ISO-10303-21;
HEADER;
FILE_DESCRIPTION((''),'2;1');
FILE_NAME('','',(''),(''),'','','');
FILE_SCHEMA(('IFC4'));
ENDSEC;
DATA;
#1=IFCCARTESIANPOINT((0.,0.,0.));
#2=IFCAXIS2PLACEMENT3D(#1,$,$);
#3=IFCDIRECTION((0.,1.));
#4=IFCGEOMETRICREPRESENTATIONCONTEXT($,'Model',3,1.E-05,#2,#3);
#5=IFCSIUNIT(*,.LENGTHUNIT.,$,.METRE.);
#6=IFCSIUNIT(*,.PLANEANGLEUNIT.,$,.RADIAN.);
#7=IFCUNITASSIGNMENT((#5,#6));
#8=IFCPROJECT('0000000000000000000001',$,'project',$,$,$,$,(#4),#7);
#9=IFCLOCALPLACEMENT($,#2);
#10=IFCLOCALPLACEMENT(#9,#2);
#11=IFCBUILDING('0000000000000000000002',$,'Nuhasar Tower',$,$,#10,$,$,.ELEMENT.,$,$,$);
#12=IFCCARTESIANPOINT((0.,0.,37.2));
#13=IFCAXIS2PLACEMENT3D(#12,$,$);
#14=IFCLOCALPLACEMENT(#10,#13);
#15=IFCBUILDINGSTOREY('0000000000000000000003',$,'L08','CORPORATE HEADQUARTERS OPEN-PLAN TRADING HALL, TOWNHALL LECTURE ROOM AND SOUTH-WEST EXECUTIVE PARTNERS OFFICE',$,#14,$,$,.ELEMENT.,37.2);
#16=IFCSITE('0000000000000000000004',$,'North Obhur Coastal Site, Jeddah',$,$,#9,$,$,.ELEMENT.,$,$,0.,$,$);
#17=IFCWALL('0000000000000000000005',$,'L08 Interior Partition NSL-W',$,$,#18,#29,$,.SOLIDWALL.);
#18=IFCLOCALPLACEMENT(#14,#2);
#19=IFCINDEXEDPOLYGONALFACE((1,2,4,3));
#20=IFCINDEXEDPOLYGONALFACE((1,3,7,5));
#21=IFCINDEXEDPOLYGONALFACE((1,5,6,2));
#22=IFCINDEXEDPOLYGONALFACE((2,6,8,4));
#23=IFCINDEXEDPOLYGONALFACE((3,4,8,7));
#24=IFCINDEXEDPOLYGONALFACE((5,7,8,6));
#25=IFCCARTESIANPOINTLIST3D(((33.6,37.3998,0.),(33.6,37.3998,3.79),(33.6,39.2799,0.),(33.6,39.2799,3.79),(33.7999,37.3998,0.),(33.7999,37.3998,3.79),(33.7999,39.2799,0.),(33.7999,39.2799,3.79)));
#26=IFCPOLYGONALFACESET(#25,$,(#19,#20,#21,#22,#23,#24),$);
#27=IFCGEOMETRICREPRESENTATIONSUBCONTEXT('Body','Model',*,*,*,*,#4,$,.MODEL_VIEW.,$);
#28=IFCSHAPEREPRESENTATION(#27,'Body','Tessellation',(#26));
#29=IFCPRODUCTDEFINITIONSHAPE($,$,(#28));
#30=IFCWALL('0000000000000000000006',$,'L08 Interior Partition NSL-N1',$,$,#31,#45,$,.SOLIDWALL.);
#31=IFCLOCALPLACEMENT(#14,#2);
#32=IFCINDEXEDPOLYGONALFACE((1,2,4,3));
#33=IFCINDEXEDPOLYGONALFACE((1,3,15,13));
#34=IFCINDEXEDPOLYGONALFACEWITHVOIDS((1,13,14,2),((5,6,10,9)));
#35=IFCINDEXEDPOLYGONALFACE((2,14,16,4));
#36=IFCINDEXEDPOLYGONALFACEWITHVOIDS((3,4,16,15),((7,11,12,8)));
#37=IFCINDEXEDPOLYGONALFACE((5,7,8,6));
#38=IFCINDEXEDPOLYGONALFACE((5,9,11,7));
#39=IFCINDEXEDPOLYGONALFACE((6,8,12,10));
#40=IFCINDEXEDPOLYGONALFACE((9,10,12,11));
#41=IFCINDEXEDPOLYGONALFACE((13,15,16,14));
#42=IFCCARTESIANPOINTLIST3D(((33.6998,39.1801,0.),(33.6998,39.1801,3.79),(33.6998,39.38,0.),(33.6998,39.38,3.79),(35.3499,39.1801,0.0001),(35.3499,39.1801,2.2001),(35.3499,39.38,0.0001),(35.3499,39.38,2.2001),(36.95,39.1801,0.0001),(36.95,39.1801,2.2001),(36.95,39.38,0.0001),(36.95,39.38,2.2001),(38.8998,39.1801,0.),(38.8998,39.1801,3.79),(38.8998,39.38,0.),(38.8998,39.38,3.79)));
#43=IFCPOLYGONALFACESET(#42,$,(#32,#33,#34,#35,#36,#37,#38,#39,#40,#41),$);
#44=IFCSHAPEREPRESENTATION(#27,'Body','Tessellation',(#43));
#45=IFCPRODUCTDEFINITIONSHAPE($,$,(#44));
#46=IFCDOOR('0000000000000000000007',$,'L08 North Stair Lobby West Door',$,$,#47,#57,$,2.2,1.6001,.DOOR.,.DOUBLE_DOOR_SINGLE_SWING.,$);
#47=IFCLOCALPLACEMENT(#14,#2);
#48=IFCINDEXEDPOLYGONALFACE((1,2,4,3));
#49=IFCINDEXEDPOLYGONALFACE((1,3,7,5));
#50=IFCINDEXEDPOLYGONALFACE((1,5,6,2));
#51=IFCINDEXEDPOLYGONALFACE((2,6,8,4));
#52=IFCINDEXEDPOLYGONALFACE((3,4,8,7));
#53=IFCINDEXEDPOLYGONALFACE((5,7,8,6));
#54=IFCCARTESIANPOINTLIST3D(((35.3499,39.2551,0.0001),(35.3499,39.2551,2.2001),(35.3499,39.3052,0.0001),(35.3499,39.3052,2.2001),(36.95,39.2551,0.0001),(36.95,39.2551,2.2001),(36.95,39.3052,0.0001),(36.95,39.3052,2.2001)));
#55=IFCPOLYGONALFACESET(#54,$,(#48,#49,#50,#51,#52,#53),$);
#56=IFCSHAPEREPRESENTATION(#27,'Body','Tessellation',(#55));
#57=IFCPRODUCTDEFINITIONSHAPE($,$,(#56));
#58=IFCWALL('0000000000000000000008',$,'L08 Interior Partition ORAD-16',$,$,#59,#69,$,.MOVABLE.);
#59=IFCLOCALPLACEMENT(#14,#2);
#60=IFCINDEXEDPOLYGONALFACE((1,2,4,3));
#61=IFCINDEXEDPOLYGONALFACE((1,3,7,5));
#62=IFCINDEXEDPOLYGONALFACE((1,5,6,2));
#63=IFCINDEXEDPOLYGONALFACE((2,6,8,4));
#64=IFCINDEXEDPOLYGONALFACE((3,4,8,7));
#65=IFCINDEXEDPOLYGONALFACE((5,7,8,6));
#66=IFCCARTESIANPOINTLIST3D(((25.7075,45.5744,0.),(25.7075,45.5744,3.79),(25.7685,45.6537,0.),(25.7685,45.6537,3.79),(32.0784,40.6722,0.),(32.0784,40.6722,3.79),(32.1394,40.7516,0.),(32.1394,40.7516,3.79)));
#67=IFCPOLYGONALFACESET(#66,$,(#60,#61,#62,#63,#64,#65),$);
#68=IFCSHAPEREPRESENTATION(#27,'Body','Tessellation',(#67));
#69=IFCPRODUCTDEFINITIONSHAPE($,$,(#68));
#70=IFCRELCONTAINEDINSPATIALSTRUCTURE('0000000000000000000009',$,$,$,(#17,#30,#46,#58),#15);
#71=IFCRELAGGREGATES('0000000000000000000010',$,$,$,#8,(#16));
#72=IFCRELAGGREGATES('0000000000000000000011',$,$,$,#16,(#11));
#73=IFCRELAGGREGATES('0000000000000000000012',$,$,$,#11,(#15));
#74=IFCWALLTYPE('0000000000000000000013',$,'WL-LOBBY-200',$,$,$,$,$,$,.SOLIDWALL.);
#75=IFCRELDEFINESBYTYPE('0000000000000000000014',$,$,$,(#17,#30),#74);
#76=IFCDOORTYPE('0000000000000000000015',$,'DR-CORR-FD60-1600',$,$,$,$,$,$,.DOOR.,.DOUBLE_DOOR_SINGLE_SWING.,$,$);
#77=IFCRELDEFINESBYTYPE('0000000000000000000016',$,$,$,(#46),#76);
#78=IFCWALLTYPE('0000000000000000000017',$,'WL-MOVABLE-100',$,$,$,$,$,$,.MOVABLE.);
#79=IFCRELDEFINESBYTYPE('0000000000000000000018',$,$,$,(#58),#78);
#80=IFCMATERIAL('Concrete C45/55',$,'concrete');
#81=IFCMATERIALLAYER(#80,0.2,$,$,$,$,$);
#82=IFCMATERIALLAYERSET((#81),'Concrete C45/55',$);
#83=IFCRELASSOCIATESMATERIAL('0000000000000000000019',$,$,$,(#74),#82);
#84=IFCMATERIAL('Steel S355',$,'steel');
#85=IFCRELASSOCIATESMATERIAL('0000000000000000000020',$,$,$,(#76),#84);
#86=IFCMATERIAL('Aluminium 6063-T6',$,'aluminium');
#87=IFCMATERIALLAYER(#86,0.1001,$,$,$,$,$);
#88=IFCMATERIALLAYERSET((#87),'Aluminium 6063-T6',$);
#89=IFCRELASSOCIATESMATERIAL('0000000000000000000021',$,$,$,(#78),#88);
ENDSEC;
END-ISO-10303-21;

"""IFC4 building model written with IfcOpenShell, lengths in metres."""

from ifc_helpers import new_model, si_unit, direction, frame, frame_2d, origin, place, context, subcontext, project, spatial, rectangle, extrude, material, layer, layer_set, type_object, element, fill, save


model = new_model("IFC4")

# Units and contexts
model_context = context("Model", 3, precision=1e-05, world=origin(), true_north=direction((0.0, 1.0)))
body_context = subcontext(model_context, "Body", "Model", "MODEL_VIEW")
ifc_project = project(units=[si_unit("LENGTHUNIT", "METRE"), si_unit("PLANEANGLEUNIT", "RADIAN")], contexts=[model_context])

# Site, building, storey
site_placement = place(None, origin())
site = spatial("IfcSite", under=ifc_project, at=site_placement, Name="North Obhur Coastal Site, Jeddah", CompositionType="ELEMENT", RefElevation=0.0)
building_placement = place(site_placement, origin())
building = spatial("IfcBuilding", under=site, at=building_placement, Name="Nuhasar Tower", CompositionType="ELEMENT")
storey_placement = place(building_placement, frame((0.0, 0.0, 37.2)))
storey = spatial("IfcBuildingStorey", under=building, at=storey_placement, Name="L08", Description="CORPORATE HEADQUARTERS OPEN-PLAN TRADING HALL, TOWNHALL LECTURE ROOM AND SOUTH-WEST EXECUTIVE PARTNERS OFFICE", CompositionType="ELEMENT", Elevation=37.2)

# Shared definitions
ifc_material_1 = material(Name="Steel S355", Category="steel")

# Shared definitions
ifc_material_2 = material(Name="Aluminium 6063-T6", Category="aluminium")

# Wall
ifc_material_3 = material(Name="Concrete C45/55", Category="concrete")
ifc_layer_1 = layer(ifc_material_3, 0.2)
ifc_layer_set_1 = layer_set([ifc_layer_1], Name="Concrete C45/55")
wall_type_1 = type_object("IfcWallType", Name="WL-LOBBY-200", PredefinedType="SOLIDWALL", material=ifc_layer_set_1)
wall_1_placement = place(storey_placement, frame((33.7, 37.3999, 0.0), z_axis=(0.0, 0.0, 1.0), x_axis=(0.0, 1.0, 0.0)))
element("IfcWall", 1, at=wall_1_placement, inside=storey, type_object=wall_type_1, Name="L08 Interior Partition NSL-W", PredefinedType="SOLIDWALL", context=body_context, shape_type="SweptSolid", body=[
    extrude(rectangle(XDim=1.8801, YDim=0.2, at=frame_2d((0.9399, 0.0))), origin(), (0.0, 0.0, 1.0), 3.79),
])

# Wall, opening, door
wall_2_placement = place(storey_placement, frame((38.8999, 39.28, 0.0), z_axis=(0.0, 0.0, 1.0), x_axis=(-1.0, 0.0, 0.0)))
wall_2 = element("IfcWall", 2, at=wall_2_placement, inside=storey, type_object=wall_type_1, Name="L08 Interior Partition NSL-N1", PredefinedType="SOLIDWALL", context=body_context, shape_type="SweptSolid", body=[
    extrude(rectangle(XDim=5.2, YDim=0.2, at=frame_2d((2.6001, 0.0))), origin(), (0.0, 0.0, 1.0), 3.79),
])
opening_1_placement = place(wall_2_placement, frame((1.95, 0.0, 0.0)))
opening_1 = element("IfcOpeningElement", 3, at=opening_1_placement, cuts=wall_2, PredefinedType="OPENING", context=body_context, shape_type="SweptSolid", body=[
    extrude(rectangle(XDim=1.6001, YDim=2.2, at=frame_2d((0.8, 1.1001))), frame((0.0, 0.1099, 0.0), z_axis=(0.0, -1.0, 0.0), x_axis=(1.0, 0.0, 0.0)), (0.0, 0.0, 1.0), 0.22),
])
door_type_1 = type_object("IfcDoorType", Name="DR-CORR-FD60-1600", OperationType="DOUBLE_DOOR_SINGLE_SWING", PredefinedType="DOOR", material=ifc_material_1)
door_1_placement = place(opening_1_placement, origin())
door_1 = element("IfcDoor", 4, at=door_1_placement, inside=storey, type_object=door_type_1, Name="L08 North Stair Lobby West Door", OperationType="DOUBLE_DOOR_SINGLE_SWING", OverallHeight=2.2, OverallWidth=1.6001, PredefinedType="DOOR", context=body_context, shape_type="SweptSolid", body=[
    extrude(rectangle(XDim=1.6001, YDim=2.2, at=frame_2d((0.8, 1.1001))), frame((0.0, 0.0249, 0.0), z_axis=(0.0, -1.0, 0.0), x_axis=(1.0, 0.0, 0.0)), (0.0, 0.0, 1.0), 0.05),
])
fill(opening_1, door_1)

# Wall
ifc_layer_2 = layer(ifc_material_2, 0.1001)
ifc_layer_set_2 = layer_set([ifc_layer_2], Name="Aluminium 6063-T6")
wall_type_2 = type_object("IfcWallType", Name="WL-MOVABLE-100", PredefinedType="MOVABLE", material=ifc_layer_set_2)
wall_3_placement = place(storey_placement, frame((32.1089, 40.7119, 0.0), z_axis=(0.0, 0.0, 1.0), x_axis=(-0.792537, 0.609824, 0.0)))
element("IfcWall", 5, at=wall_3_placement, inside=storey, type_object=wall_type_2, Name="L08 Interior Partition ORAD-16", PredefinedType="MOVABLE", context=body_context, shape_type="SweptSolid", body=[
    extrude(rectangle(XDim=8.0386, YDim=0.1001, at=frame_2d((4.0193, 0.0))), origin(), (0.0, 0.0, 1.0), 3.79),
])

save(model, "model.ifc")
